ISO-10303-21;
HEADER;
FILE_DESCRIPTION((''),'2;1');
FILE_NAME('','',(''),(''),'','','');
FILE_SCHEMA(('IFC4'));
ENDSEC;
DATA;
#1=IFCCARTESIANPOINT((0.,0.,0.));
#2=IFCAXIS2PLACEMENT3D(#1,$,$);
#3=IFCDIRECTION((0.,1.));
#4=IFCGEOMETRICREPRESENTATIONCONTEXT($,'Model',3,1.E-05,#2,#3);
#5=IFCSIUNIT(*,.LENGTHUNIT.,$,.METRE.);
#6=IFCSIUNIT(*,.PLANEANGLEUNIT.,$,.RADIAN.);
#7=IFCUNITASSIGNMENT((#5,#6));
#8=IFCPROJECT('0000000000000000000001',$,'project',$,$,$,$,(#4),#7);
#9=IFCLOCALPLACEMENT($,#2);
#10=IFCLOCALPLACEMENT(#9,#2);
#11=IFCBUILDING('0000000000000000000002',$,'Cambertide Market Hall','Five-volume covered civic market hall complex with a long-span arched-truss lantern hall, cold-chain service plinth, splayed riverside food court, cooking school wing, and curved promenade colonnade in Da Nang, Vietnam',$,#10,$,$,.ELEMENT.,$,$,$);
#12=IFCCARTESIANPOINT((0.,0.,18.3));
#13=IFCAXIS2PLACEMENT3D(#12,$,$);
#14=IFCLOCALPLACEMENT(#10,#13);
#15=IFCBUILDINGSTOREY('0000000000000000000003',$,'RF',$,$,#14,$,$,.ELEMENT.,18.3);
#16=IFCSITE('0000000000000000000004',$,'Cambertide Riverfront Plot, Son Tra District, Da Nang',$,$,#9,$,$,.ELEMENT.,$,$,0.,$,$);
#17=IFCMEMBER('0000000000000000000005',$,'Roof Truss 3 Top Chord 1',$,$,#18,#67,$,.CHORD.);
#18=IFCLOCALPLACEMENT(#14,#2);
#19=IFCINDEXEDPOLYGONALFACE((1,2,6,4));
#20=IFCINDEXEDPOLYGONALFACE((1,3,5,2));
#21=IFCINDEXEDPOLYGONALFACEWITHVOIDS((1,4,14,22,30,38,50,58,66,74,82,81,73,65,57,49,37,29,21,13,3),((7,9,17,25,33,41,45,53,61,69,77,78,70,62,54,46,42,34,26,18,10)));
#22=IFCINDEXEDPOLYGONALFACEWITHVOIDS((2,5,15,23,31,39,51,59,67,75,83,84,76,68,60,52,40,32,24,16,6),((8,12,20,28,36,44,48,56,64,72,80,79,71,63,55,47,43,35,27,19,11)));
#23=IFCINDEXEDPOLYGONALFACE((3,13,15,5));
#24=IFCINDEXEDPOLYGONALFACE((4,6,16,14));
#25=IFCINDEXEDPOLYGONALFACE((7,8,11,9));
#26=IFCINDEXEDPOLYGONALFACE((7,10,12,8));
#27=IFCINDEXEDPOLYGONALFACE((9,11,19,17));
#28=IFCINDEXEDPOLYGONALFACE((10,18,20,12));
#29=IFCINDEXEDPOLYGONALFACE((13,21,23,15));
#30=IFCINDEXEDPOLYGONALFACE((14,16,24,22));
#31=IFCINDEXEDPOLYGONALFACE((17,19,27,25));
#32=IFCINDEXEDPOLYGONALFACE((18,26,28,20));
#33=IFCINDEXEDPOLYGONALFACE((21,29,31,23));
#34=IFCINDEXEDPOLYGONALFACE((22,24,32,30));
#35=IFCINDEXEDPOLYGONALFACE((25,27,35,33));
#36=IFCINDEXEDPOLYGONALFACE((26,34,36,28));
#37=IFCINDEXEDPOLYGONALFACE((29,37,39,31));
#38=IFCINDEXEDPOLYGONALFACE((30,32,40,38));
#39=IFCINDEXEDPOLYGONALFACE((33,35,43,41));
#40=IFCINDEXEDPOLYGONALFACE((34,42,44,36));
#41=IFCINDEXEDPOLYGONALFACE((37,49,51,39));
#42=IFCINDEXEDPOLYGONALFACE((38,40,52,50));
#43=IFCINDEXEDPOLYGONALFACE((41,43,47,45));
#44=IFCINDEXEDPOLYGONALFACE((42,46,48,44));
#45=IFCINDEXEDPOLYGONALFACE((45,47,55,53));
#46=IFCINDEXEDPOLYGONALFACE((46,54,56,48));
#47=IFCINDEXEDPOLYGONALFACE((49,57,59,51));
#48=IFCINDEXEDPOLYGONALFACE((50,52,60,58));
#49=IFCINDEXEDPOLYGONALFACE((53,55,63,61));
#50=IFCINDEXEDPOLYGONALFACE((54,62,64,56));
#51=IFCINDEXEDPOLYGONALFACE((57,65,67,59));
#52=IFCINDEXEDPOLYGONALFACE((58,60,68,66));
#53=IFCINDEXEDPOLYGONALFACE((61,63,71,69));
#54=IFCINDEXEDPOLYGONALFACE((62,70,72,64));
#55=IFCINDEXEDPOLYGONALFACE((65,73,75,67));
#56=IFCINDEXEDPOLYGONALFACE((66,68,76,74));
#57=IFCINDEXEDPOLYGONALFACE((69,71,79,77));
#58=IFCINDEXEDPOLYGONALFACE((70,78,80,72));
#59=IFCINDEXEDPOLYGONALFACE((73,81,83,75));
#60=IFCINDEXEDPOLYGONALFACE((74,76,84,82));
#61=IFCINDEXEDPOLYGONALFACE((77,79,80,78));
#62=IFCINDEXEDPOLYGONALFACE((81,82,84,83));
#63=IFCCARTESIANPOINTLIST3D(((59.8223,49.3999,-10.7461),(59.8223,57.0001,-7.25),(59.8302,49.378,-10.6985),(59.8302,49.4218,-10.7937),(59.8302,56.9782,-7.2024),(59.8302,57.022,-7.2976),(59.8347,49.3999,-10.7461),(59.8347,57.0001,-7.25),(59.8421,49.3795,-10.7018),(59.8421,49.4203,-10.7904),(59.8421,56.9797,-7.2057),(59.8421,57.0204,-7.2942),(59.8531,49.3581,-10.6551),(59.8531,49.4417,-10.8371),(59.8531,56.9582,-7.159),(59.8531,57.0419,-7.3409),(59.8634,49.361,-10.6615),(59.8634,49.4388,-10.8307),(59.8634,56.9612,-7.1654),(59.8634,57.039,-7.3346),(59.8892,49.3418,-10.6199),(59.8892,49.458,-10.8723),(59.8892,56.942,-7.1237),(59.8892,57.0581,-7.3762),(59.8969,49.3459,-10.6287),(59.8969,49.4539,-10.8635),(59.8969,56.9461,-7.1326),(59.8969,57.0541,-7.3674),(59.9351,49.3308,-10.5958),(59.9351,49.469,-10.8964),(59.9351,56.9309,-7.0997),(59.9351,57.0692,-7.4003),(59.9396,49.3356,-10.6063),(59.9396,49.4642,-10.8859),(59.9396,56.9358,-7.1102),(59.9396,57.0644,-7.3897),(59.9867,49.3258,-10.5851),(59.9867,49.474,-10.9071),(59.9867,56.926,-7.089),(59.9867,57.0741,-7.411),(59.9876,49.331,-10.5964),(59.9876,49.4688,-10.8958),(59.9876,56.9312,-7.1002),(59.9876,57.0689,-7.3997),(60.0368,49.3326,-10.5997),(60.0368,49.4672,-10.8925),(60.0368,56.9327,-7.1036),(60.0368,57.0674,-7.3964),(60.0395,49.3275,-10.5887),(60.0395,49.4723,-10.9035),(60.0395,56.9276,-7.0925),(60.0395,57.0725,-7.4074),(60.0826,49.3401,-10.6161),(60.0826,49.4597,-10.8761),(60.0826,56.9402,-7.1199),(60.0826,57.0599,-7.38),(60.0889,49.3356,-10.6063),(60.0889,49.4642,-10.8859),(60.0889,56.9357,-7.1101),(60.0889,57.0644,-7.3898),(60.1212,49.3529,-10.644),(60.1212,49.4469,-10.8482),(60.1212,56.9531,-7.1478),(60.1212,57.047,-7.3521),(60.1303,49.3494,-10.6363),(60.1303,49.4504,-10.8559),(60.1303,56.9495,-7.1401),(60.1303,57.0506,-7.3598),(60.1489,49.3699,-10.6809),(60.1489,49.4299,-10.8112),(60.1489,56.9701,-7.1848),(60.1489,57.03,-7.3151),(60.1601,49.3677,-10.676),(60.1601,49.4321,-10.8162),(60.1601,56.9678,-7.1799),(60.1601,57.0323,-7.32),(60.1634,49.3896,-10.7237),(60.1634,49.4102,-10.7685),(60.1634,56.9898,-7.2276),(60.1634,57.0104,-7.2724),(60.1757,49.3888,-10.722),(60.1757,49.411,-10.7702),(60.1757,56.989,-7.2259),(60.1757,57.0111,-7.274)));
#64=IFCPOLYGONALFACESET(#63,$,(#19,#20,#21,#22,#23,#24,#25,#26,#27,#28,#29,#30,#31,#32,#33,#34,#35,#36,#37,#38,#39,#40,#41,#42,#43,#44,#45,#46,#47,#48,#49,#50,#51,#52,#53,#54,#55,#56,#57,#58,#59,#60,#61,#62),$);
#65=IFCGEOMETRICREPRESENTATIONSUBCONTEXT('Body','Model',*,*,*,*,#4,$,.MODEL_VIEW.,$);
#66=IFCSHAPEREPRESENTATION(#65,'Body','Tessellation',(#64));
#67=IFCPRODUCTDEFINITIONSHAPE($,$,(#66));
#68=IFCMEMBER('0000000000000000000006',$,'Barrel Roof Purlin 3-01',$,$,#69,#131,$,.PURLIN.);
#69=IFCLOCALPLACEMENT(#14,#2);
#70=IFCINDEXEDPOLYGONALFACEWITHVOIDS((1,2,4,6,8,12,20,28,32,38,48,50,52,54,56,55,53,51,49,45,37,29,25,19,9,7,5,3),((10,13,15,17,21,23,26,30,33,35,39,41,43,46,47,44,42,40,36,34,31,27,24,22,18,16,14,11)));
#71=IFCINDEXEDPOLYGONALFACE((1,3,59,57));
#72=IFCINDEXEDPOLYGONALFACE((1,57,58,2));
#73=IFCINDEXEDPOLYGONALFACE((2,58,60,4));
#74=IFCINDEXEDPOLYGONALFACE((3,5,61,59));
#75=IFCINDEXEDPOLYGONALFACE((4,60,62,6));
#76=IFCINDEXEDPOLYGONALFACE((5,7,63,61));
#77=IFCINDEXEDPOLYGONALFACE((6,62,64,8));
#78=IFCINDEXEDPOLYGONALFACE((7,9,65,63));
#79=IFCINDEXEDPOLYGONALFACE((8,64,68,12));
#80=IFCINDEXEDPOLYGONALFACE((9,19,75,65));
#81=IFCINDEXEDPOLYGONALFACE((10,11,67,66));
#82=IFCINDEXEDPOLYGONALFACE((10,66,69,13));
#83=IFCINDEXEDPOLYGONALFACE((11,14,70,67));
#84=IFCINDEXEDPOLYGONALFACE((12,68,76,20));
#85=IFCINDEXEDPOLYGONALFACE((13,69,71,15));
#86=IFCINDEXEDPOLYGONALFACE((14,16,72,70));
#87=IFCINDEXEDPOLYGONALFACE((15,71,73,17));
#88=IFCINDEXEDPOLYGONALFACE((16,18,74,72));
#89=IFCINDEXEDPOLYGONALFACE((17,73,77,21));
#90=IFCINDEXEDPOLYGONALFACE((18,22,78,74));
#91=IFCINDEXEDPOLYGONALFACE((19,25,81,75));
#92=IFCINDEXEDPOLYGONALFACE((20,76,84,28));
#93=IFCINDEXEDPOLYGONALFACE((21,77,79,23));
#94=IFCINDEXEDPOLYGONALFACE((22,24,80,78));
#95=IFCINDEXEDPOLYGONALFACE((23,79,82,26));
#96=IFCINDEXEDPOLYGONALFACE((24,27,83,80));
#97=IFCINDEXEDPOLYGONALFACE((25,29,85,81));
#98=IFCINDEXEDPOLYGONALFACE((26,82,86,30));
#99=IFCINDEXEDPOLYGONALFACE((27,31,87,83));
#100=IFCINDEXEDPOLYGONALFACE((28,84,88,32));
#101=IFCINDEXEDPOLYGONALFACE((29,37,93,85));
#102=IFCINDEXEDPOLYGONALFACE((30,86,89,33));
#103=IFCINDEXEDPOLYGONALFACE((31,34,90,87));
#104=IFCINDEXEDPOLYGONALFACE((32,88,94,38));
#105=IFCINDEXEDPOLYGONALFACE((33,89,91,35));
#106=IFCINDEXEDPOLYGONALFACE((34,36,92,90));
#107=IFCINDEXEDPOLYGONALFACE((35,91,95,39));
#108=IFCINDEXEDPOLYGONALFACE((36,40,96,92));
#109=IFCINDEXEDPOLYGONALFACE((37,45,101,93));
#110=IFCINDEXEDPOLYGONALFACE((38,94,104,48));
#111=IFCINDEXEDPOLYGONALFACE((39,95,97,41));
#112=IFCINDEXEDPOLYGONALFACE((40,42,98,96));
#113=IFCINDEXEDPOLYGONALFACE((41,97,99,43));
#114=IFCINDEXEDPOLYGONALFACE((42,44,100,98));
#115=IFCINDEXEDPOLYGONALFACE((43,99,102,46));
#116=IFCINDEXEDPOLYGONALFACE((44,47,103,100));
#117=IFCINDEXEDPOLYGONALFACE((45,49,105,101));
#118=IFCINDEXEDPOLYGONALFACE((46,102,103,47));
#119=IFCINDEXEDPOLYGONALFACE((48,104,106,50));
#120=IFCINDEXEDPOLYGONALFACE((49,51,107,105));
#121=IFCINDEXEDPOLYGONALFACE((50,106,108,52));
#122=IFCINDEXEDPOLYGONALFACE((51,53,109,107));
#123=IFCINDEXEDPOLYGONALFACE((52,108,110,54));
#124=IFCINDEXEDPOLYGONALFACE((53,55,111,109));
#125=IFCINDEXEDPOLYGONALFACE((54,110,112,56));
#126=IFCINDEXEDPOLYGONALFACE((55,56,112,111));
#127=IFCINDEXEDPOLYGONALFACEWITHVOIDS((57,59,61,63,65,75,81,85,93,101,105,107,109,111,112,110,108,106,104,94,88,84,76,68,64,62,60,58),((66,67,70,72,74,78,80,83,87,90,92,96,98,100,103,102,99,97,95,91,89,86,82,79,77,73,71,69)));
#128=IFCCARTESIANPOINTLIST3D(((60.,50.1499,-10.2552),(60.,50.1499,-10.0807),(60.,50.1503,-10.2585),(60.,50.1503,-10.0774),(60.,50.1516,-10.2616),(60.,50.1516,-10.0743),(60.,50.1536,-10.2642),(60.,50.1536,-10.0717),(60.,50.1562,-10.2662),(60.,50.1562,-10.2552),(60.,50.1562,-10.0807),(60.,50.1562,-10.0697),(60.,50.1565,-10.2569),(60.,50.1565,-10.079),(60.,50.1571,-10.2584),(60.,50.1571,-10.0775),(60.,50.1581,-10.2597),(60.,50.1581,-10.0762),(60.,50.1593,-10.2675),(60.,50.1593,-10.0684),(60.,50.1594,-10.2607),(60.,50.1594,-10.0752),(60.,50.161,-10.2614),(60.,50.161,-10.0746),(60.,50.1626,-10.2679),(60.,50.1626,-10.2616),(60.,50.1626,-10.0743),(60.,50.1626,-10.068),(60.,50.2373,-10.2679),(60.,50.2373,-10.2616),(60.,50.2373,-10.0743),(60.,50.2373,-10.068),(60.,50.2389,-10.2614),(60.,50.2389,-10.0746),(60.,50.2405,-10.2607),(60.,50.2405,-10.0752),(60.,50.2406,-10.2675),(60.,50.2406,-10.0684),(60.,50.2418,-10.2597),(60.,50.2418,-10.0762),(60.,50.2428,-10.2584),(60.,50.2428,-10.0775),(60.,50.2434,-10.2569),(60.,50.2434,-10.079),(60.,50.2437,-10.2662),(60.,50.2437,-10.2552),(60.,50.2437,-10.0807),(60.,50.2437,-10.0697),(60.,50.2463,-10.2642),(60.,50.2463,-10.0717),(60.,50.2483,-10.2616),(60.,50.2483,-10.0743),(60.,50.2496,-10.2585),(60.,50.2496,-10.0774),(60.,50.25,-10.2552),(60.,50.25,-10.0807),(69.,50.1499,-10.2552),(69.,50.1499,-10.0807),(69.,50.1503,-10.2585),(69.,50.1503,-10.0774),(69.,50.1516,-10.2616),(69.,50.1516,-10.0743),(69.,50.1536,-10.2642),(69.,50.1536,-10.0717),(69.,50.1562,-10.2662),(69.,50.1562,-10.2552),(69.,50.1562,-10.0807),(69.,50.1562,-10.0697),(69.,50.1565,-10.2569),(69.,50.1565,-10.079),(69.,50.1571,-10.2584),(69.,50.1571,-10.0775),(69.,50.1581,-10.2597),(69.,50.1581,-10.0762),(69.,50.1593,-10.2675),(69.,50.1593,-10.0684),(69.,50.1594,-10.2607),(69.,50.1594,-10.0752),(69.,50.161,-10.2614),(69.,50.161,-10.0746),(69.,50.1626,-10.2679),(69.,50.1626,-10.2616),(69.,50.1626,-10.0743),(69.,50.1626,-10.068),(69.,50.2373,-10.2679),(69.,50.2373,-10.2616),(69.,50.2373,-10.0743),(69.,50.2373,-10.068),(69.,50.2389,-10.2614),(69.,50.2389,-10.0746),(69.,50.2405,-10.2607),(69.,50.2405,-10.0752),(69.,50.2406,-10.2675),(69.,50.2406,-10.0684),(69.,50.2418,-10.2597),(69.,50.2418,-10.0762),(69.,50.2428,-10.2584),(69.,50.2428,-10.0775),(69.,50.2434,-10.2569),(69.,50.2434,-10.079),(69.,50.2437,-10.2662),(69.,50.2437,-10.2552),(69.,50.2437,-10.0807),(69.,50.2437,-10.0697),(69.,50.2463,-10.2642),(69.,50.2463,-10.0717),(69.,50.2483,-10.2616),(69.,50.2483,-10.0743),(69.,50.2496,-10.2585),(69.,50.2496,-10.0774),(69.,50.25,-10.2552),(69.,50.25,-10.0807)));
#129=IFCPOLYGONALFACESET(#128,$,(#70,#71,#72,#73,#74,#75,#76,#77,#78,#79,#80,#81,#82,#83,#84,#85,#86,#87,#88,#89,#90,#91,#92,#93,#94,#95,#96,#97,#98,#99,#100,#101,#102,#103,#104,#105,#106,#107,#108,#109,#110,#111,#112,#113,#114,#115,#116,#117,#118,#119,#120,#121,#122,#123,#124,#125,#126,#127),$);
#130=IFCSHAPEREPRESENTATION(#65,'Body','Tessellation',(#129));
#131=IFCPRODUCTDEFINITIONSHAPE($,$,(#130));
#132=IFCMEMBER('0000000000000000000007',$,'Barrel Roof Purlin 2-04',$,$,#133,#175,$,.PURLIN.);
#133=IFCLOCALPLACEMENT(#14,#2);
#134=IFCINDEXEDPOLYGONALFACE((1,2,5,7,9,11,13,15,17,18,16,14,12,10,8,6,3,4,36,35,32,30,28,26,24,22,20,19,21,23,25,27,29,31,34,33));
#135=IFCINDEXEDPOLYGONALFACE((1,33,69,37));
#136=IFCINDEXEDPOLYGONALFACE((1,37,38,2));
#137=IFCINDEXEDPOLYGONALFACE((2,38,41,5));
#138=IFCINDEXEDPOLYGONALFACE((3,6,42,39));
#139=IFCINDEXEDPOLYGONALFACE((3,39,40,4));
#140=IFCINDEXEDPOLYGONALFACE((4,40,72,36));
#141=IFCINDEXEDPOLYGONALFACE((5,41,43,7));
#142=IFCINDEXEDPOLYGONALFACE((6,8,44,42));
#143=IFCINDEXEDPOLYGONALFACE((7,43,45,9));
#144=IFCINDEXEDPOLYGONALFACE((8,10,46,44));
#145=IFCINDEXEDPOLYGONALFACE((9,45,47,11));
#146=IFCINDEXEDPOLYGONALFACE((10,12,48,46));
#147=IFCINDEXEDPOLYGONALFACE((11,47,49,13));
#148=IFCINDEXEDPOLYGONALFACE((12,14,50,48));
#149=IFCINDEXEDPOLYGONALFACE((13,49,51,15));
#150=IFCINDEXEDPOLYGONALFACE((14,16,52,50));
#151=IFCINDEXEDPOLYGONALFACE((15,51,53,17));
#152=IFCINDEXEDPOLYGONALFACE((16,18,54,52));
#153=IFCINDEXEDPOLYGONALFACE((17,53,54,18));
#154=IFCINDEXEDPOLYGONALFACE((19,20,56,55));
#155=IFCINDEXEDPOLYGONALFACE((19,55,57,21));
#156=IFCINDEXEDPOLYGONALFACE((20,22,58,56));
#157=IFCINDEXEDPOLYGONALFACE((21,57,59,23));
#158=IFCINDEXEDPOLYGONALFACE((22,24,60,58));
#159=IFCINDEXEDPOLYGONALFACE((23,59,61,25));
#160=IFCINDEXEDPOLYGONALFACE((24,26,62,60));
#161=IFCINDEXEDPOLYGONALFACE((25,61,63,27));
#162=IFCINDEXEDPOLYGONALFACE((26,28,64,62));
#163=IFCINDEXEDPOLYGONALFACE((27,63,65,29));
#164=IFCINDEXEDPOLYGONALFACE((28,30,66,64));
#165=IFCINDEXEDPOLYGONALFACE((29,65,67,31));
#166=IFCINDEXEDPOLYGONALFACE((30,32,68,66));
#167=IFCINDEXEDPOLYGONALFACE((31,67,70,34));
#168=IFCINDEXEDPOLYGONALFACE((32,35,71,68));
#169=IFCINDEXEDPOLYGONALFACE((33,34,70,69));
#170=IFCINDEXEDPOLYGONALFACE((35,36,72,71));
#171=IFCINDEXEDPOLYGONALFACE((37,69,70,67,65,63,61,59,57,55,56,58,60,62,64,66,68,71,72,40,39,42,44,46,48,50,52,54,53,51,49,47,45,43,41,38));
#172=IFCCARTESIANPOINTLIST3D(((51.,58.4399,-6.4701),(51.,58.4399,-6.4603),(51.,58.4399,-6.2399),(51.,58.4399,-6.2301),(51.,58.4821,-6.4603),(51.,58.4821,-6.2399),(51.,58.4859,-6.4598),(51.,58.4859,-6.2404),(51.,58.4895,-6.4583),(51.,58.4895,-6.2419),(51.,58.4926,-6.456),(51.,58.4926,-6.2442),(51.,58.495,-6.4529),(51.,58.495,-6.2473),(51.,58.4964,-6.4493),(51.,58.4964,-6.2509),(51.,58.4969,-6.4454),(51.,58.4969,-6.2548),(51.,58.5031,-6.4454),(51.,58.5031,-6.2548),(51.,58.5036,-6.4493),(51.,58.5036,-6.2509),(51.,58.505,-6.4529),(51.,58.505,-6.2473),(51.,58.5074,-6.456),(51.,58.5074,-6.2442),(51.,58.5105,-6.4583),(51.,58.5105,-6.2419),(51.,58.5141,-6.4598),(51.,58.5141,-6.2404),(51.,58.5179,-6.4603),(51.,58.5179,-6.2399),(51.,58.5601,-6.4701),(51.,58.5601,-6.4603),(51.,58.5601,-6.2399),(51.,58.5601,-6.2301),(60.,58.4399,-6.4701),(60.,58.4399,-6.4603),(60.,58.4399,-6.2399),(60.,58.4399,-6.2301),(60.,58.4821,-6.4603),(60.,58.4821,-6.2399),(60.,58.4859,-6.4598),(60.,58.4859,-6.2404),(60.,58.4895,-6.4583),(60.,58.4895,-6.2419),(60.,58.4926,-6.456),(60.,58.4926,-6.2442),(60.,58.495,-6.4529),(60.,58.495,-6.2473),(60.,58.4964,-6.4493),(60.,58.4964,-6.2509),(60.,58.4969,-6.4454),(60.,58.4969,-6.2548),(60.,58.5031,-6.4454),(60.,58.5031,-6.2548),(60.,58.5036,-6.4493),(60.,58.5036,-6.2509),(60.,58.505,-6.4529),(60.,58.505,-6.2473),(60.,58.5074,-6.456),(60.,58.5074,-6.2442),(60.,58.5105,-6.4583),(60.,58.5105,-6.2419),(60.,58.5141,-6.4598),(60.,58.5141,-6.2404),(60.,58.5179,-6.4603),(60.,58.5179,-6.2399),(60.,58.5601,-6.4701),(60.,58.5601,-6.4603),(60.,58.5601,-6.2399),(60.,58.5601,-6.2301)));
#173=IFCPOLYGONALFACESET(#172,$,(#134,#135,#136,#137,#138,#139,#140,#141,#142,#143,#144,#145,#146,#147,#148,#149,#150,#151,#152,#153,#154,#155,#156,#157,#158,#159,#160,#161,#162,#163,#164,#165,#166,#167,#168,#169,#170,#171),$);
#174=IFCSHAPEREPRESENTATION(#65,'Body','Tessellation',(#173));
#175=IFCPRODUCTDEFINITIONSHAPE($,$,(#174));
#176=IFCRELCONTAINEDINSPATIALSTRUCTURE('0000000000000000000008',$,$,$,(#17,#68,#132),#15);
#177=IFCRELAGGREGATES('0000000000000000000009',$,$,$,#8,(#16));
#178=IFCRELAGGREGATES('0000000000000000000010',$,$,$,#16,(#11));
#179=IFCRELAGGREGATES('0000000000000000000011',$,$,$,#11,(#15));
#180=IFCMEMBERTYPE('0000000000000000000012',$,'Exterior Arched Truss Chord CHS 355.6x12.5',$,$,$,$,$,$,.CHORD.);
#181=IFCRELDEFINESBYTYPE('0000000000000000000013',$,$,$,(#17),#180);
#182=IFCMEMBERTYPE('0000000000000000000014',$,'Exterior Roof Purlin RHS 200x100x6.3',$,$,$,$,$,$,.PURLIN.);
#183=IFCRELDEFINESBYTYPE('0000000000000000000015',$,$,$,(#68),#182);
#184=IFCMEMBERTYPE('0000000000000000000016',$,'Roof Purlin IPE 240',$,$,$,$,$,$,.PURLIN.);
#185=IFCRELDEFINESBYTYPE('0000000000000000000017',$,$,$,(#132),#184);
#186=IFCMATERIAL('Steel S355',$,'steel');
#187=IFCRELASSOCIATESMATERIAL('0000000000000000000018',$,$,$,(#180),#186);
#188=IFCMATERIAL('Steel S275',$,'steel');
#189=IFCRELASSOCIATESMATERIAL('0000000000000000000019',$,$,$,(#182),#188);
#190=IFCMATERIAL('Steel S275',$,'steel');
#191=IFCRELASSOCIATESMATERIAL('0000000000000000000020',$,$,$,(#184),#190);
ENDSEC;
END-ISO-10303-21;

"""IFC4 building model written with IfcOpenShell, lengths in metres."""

from ifc_helpers import new_model, si_unit, direction, frame, origin, origin_2d, place, context, subcontext, project, spatial, hollow_rectangle, hollow_circle, i_section, extrude, material, material_profile, profile_set, type_object, element, save


model = new_model("IFC4")

# Units and contexts
model_context = context("Model", 3, precision=1e-05, world=origin(), true_north=direction((0.0, 1.0)))
body_context = subcontext(model_context, "Body", "Model", "MODEL_VIEW")
ifc_project = project(units=[si_unit("LENGTHUNIT", "METRE"), si_unit("PLANEANGLEUNIT", "RADIAN")], contexts=[model_context])

# Site, building, storey
site_placement = place(None, origin())
site = spatial("IfcSite", under=ifc_project, at=site_placement, Name="Cambertide Riverfront Plot, Son Tra District, Da Nang", CompositionType="ELEMENT", RefElevation=0.0)
building_placement = place(site_placement, origin())
building = spatial("IfcBuilding", under=site, at=building_placement, Name="Cambertide Market Hall", Description="Five-volume covered civic market hall complex with a long-span arched-truss lantern hall, cold-chain service plinth, splayed riverside food court, cooking school wing, and curved promenade colonnade in Da Nang, Vietnam", CompositionType="ELEMENT")
storey_placement = place(building_placement, frame((0.0, 0.0, 18.3)))
storey = spatial("IfcBuildingStorey", under=building, at=storey_placement, Name="RF", CompositionType="ELEMENT", Elevation=18.3)

# Members
ifc_material_1 = material(Name="Steel S355", Category="steel")
ifc_material_profile_1 = material_profile(ifc_material_1, hollow_circle(Radius=0.1777, WallThickness=0.0125, at=origin_2d()), Name="CHS 355.6x12.5")
ifc_profile_set_1 = profile_set([ifc_material_profile_1], Name="Steel S355")
member_type_1 = type_object("IfcMemberType", Name="Exterior Arched Truss Chord CHS 355.6x12.5", PredefinedType="CHORD", material=ifc_profile_set_1)
member_1_placement = place(storey_placement, frame((60.0, 49.3999, -10.7461), z_axis=(0.0, 0.908488, 0.41791), x_axis=(-1.0, 0.0, 0.0)))
element("IfcMember", 1, at=member_1_placement, inside=storey, type_object=member_type_1, Name="Roof Truss 3 Top Chord 1", PredefinedType="CHORD", context=body_context, shape_type="SweptSolid", body=[
    extrude(hollow_circle(Radius=0.1777, WallThickness=0.0125, at=origin_2d()), origin(), (0.0, 0.0, 1.0), 8.3657),
])
ifc_material_2 = material(Name="Steel S275", Category="steel")
ifc_material_profile_2 = material_profile(ifc_material_2, hollow_rectangle(XDim=0.1001, YDim=0.2, WallThickness=0.0063, InnerFilletRadius=0.0063, OuterFilletRadius=0.0127, at=origin_2d()), Name="RHS 200x100x6.3")
ifc_profile_set_2 = profile_set([ifc_material_profile_2], Name="Steel S275")
member_type_2 = type_object("IfcMemberType", Name="Exterior Roof Purlin RHS 200x100x6.3", PredefinedType="PURLIN", material=ifc_profile_set_2)
member_2_placement = place(storey_placement, frame((60.0, 50.2, -10.168), z_axis=(1.0, 0.0, 0.0), x_axis=(0.0, 1.0, 0.0)))
element("IfcMember", 2, at=member_2_placement, inside=storey, type_object=member_type_2, Name="Barrel Roof Purlin 3-01", PredefinedType="PURLIN", context=body_context, shape_type="SweptSolid", body=[
    extrude(hollow_rectangle(XDim=0.1001, YDim=0.2, WallThickness=0.0063, InnerFilletRadius=0.0063, OuterFilletRadius=0.0127, at=origin_2d()), origin(), (0.0, 0.0, 1.0), 9.0),
])
ifc_material_3 = material(Name="Steel S275", Category="steel")
ifc_material_profile_3 = material_profile(ifc_material_3, i_section(OverallWidth=0.1201, OverallDepth=0.24, WebThickness=0.0061, FlangeThickness=0.0098, FilletRadius=0.0149, at=origin_2d()), Name="IPE 240")
ifc_profile_set_3 = profile_set([ifc_material_profile_3], Name="Steel S275")
member_type_3 = type_object("IfcMemberType", Name="Roof Purlin IPE 240", PredefinedType="PURLIN", material=ifc_profile_set_3)
for number, where, z_axis, x_axis, name in (
    (3, (51.0, 58.5, -6.3501), (1.0, 0.0, 0.0), (0.0, 1.0, 0.0), "Barrel Roof Purlin 2-04"),
):
    element("IfcMember", number, at=place(storey_placement, frame(where, z_axis=z_axis, x_axis=x_axis)), inside=storey, type_object=member_type_3, Name=name, PredefinedType="PURLIN", context=body_context, shape_type="SweptSolid", body=[
        extrude(i_section(OverallWidth=0.1201, OverallDepth=0.24, WebThickness=0.0061, FlangeThickness=0.0098, FilletRadius=0.0149, at=origin_2d()), origin(), (0.0, 0.0, 1.0), 9.0),
    ])

save(model, "model.ifc")
